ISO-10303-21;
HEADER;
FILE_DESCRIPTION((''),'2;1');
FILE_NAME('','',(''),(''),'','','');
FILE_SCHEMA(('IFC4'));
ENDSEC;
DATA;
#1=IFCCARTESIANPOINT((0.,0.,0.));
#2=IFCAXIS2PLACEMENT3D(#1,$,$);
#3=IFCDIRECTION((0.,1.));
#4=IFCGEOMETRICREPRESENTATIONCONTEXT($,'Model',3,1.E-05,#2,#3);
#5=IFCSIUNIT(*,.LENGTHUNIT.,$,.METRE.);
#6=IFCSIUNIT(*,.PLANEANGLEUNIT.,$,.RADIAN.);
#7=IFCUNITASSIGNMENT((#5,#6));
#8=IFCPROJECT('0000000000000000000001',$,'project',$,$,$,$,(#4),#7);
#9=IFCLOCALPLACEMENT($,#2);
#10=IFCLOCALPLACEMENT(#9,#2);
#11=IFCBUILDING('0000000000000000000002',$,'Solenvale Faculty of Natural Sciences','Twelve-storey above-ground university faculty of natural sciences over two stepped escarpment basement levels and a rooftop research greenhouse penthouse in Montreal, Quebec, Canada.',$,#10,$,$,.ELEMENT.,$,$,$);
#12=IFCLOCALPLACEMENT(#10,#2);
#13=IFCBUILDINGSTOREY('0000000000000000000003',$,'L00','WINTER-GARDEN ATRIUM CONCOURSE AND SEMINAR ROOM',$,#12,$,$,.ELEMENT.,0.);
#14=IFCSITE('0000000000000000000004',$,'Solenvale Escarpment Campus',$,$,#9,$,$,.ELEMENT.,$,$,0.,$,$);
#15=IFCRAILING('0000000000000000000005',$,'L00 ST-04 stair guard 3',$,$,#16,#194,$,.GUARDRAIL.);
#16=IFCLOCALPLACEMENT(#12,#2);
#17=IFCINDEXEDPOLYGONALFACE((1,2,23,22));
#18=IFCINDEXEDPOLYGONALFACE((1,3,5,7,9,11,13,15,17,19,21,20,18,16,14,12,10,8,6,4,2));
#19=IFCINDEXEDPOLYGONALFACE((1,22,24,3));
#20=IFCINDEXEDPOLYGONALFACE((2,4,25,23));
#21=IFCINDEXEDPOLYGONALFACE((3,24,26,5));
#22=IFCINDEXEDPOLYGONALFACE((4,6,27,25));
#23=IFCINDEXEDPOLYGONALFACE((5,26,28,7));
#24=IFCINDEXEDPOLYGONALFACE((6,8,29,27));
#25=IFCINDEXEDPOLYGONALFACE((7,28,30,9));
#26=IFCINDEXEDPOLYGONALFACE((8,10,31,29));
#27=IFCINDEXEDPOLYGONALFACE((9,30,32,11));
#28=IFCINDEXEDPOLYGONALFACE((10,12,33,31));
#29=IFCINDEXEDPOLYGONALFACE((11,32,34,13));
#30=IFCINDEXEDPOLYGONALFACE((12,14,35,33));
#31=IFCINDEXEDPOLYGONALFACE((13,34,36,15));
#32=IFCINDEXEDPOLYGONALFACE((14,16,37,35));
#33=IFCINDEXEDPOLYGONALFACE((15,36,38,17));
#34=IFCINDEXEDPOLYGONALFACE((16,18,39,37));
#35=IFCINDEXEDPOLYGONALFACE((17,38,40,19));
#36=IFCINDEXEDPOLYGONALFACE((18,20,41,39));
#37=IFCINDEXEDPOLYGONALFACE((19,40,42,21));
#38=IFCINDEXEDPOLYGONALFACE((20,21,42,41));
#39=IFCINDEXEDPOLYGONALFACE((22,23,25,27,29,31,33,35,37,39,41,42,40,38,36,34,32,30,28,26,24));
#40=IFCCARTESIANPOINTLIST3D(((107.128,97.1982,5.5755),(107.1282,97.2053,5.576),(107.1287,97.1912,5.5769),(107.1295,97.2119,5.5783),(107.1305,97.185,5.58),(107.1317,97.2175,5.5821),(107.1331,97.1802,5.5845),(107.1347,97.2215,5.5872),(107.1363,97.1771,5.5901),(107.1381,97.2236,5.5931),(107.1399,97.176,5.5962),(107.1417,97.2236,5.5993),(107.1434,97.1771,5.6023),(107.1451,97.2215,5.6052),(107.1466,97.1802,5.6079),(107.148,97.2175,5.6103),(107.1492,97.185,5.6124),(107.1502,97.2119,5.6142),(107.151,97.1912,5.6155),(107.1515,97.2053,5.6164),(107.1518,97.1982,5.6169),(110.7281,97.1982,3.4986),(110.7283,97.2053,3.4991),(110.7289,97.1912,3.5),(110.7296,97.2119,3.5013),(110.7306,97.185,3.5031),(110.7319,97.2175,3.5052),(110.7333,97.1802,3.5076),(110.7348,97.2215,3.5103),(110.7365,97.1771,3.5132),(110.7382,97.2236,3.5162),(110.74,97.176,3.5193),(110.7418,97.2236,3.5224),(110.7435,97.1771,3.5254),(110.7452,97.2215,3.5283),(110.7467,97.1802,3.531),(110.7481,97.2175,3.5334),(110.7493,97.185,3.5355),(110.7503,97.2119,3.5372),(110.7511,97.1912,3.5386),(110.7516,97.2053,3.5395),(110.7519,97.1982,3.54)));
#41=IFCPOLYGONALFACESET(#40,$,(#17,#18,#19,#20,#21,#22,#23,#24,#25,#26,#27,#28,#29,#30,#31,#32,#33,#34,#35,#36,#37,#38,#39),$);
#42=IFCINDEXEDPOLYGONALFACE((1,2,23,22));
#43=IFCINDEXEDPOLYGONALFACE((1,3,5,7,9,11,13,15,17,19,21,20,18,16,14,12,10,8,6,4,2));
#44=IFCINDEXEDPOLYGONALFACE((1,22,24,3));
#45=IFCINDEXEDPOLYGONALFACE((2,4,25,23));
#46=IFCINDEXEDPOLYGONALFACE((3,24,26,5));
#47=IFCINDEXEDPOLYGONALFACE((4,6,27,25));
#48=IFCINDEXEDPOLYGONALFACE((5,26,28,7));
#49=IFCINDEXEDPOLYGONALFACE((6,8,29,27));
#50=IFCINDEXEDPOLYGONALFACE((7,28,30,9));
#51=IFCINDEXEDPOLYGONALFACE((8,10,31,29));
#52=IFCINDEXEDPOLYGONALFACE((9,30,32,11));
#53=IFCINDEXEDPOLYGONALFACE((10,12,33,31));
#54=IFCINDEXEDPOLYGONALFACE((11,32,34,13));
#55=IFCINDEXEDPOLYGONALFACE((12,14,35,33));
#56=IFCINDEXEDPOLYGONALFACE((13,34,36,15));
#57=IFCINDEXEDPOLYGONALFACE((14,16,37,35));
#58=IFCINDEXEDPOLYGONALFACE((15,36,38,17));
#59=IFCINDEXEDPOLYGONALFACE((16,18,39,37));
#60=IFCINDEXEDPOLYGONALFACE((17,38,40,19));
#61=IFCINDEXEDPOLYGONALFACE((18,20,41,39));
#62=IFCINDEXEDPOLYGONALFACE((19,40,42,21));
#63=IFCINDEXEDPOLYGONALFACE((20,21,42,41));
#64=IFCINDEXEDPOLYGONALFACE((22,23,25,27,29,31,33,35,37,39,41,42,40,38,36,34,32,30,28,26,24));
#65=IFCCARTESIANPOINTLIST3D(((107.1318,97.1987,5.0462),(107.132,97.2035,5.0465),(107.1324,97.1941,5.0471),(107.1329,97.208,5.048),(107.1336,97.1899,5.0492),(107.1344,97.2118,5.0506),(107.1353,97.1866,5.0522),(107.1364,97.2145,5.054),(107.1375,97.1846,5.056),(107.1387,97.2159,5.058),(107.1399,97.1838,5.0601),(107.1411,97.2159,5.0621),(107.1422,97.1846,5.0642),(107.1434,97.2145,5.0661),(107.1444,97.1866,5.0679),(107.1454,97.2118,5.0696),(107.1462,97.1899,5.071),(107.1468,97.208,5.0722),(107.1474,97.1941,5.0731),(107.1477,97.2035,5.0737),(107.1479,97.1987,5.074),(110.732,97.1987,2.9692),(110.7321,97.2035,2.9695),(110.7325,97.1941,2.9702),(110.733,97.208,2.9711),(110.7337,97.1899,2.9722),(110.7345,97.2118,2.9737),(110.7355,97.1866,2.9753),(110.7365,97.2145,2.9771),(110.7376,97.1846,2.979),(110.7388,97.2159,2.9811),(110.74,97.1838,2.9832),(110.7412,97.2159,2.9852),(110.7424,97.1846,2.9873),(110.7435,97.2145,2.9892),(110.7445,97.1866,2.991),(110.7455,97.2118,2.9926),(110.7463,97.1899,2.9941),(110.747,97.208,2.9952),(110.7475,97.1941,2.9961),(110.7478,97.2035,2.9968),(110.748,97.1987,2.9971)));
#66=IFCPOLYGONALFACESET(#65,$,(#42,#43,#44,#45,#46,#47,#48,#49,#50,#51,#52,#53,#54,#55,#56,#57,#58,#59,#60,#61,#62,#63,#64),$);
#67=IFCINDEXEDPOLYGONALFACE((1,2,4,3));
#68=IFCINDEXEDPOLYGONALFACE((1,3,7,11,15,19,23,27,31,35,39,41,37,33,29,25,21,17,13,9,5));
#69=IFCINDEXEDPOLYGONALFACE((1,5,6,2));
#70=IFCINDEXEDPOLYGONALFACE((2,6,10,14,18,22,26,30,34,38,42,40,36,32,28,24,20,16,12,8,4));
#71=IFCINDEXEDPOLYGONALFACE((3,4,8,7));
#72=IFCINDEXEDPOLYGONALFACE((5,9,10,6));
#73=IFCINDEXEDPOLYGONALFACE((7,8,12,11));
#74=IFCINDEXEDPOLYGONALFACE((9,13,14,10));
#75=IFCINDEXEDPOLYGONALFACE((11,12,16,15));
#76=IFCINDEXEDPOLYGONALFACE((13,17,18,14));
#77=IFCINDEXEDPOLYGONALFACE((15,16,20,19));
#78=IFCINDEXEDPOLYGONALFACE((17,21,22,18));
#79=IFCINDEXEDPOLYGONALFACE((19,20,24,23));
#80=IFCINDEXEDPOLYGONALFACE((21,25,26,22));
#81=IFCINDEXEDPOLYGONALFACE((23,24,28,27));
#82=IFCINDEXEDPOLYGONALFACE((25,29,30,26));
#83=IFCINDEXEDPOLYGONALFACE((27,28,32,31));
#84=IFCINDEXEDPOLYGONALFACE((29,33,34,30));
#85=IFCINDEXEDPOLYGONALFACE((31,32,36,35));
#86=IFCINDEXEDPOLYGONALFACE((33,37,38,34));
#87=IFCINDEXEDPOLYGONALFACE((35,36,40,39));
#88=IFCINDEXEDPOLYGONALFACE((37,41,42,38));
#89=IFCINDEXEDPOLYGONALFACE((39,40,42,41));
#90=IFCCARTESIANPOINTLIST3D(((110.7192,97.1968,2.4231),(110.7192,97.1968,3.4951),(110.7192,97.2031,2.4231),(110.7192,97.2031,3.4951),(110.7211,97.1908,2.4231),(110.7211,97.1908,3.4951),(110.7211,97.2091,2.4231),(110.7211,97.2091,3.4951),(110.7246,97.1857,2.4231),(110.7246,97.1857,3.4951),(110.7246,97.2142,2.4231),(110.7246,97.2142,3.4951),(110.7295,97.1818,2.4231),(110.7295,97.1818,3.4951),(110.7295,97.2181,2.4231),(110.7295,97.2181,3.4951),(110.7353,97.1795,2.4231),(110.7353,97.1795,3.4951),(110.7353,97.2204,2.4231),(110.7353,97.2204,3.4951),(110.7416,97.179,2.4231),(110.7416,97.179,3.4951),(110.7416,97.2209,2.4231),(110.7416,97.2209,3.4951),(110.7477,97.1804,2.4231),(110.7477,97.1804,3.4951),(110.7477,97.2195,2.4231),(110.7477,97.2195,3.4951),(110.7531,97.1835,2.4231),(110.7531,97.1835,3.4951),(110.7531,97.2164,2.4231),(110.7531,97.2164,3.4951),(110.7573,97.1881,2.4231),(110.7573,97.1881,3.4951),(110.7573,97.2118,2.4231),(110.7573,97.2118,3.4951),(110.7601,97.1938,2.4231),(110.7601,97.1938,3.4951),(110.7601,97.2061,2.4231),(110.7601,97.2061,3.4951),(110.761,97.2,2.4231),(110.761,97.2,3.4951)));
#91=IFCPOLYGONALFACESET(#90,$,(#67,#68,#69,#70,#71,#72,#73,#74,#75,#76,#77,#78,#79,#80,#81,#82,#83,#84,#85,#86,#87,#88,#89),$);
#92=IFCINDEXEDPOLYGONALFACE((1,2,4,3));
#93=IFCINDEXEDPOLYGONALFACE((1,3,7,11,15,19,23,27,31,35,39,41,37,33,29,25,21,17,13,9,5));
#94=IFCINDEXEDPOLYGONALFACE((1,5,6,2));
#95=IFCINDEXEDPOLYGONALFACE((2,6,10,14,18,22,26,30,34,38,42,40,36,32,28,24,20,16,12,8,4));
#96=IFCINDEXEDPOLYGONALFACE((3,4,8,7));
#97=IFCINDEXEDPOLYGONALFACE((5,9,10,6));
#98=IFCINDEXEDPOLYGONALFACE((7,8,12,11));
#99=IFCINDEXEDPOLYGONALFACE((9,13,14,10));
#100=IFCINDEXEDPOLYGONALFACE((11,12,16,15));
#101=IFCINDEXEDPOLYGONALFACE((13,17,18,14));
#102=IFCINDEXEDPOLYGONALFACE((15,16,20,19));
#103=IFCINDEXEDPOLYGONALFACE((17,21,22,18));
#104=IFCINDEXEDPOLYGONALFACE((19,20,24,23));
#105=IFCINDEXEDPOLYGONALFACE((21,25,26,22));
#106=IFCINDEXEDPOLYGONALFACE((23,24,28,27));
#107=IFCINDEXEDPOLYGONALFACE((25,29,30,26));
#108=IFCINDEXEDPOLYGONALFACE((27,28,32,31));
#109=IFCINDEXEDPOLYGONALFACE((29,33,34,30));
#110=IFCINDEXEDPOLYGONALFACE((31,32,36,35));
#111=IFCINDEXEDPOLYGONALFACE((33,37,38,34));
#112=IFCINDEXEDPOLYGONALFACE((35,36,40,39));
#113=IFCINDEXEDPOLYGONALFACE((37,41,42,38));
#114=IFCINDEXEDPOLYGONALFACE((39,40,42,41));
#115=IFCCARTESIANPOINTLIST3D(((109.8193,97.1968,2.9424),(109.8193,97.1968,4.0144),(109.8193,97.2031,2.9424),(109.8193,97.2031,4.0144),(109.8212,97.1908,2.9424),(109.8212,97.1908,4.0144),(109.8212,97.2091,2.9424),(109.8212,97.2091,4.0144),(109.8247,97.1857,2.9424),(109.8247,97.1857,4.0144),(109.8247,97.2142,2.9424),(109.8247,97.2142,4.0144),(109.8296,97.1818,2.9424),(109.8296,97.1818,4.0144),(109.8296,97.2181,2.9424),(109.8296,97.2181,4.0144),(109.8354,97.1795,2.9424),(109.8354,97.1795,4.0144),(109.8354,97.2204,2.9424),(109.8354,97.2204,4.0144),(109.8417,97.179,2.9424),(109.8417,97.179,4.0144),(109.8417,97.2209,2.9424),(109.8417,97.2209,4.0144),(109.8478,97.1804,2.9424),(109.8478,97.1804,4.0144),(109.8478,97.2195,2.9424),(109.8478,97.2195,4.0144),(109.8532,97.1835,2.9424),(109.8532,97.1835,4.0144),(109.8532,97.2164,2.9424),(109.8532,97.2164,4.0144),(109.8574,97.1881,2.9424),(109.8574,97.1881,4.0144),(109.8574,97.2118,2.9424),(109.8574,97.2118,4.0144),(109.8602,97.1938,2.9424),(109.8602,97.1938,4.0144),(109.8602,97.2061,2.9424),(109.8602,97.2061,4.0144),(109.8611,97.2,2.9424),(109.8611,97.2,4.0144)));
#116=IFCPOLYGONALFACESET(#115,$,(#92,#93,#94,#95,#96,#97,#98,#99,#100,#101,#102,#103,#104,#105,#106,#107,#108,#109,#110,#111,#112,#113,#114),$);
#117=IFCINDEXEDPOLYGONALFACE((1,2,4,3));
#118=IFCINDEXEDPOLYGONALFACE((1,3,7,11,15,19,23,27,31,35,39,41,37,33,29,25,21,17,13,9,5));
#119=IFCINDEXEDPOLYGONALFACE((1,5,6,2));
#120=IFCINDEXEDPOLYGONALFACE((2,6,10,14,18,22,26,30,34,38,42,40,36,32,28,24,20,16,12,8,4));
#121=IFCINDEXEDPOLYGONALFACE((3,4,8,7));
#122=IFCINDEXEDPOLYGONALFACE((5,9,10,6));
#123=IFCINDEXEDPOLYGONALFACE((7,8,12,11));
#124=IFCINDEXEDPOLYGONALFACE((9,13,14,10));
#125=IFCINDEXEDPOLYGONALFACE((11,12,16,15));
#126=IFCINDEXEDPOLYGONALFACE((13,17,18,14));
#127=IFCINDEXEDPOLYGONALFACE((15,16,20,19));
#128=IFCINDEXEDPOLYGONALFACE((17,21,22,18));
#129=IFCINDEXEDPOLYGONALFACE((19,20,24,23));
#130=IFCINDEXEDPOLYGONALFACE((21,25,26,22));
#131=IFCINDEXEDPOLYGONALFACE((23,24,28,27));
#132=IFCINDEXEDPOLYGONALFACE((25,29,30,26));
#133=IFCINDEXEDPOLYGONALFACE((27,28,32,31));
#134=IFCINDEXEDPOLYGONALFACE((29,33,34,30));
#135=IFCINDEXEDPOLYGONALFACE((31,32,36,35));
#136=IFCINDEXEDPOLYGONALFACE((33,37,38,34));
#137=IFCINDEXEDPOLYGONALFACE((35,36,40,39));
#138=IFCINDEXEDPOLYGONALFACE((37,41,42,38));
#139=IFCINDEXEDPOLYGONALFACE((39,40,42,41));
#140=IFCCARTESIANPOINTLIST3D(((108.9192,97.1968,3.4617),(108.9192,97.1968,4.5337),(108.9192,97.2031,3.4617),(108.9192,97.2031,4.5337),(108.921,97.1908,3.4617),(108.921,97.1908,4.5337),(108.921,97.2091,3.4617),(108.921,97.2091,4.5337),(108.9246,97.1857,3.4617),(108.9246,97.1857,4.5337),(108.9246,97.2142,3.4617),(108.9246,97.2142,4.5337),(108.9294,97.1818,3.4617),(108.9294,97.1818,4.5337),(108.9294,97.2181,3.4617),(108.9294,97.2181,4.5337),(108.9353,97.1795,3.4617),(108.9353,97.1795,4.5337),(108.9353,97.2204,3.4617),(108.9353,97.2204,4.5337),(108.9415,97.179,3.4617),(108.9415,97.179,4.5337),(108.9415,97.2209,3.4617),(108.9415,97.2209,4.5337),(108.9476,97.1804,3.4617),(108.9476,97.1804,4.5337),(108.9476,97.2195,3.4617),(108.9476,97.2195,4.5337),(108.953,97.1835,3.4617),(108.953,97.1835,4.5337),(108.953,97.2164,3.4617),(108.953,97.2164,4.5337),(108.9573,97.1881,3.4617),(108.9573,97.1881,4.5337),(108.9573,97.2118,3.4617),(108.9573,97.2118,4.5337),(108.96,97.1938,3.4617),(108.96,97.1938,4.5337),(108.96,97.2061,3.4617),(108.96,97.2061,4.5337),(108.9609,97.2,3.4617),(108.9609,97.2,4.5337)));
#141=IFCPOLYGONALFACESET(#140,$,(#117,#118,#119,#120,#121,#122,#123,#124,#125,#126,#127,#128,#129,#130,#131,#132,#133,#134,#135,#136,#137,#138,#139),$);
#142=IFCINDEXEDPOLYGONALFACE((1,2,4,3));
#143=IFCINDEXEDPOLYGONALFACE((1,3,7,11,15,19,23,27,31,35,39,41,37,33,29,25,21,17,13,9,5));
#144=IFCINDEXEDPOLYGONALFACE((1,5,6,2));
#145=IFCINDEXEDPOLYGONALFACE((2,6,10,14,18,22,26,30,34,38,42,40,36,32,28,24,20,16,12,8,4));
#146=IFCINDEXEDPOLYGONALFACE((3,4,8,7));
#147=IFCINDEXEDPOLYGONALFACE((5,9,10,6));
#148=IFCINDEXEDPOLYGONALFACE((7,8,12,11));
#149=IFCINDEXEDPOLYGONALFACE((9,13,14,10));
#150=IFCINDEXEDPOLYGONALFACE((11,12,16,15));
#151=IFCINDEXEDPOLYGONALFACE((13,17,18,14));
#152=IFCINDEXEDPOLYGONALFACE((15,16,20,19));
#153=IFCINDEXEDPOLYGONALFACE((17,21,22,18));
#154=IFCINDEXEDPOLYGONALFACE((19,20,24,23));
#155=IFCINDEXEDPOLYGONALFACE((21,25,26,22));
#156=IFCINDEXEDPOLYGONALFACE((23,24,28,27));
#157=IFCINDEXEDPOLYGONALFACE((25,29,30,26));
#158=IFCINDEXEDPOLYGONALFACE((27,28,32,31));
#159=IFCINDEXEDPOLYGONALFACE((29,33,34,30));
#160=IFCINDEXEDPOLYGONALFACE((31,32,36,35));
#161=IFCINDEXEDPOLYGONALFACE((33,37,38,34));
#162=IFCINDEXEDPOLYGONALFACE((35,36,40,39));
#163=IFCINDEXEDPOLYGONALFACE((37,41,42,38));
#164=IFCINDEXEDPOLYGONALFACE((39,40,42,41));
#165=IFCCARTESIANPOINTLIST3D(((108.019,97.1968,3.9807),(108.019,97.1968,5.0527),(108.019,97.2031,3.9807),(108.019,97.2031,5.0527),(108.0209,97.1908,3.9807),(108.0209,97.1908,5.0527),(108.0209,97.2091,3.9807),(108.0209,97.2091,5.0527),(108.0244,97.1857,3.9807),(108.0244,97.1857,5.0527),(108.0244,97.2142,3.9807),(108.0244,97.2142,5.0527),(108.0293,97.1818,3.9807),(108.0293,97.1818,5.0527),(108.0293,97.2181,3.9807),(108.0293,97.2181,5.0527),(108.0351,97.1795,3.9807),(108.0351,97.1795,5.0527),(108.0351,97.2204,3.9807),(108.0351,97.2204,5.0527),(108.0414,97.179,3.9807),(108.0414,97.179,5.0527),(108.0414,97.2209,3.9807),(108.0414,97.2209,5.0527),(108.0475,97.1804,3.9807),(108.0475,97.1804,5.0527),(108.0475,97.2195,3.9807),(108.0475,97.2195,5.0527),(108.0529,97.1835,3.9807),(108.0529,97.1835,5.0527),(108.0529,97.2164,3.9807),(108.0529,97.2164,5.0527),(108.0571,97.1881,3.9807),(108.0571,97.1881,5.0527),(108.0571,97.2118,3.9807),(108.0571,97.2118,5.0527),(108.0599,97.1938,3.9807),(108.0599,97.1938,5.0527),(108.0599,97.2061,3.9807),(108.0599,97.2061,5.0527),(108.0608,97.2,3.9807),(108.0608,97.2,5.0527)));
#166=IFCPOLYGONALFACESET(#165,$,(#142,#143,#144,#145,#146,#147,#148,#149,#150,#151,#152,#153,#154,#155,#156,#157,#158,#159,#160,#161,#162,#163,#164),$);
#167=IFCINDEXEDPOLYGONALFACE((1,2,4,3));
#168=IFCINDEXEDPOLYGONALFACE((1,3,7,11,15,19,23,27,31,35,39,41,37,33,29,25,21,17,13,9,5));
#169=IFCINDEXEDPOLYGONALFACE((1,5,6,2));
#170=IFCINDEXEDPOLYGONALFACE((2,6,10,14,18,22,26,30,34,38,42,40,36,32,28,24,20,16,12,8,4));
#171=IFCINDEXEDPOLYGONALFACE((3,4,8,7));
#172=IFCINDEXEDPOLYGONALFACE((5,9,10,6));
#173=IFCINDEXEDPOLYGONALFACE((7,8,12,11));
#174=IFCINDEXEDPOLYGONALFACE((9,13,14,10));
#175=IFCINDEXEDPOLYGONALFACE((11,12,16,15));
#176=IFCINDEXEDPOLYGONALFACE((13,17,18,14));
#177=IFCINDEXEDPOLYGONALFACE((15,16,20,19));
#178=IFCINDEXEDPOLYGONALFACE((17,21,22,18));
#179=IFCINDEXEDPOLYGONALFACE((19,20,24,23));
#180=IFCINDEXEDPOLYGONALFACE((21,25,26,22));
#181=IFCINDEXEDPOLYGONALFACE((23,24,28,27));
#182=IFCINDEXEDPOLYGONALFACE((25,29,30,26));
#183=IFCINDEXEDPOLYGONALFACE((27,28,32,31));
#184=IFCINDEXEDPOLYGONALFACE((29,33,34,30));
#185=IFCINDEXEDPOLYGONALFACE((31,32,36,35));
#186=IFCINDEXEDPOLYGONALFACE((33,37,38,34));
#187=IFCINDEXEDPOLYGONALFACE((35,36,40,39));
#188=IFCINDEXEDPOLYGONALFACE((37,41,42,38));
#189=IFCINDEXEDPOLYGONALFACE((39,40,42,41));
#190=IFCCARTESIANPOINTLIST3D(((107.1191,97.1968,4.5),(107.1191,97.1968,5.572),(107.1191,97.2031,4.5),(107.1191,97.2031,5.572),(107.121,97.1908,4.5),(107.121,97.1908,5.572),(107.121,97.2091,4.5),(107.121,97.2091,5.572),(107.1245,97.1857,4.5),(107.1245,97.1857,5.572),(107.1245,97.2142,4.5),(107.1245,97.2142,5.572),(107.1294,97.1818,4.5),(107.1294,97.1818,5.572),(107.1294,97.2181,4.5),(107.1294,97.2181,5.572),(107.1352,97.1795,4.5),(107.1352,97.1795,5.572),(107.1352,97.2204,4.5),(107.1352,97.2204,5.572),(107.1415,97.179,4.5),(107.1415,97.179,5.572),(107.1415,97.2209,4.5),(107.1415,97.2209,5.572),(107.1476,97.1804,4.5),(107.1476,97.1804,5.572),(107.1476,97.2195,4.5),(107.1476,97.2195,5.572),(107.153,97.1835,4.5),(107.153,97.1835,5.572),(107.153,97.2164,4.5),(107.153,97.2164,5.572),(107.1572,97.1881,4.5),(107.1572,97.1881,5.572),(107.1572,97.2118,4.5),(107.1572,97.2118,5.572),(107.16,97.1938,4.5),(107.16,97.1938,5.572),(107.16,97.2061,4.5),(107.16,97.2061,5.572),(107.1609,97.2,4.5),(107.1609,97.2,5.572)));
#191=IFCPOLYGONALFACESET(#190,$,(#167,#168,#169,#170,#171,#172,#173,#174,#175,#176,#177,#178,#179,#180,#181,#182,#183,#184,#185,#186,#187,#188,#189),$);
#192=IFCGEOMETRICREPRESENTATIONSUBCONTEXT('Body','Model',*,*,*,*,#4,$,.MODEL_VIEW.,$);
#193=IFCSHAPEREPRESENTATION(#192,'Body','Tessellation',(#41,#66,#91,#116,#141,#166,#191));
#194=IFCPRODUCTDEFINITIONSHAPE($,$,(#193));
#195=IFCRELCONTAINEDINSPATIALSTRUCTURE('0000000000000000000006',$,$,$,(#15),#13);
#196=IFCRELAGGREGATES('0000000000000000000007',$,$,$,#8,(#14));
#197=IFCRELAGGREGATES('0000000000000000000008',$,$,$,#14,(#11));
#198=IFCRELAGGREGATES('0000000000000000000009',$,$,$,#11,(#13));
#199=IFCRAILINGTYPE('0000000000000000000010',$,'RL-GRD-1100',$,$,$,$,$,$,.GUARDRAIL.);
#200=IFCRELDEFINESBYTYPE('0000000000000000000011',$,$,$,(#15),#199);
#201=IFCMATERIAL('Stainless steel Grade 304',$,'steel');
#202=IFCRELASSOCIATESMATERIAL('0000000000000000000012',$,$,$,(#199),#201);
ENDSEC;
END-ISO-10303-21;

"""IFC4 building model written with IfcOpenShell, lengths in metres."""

from ifc_helpers import new_model, si_unit, direction, frame, origin, origin_2d, place, context, subcontext, project, spatial, circle, extrude, material, type_object, element, save


model = new_model("IFC4")

# Units and contexts
model_context = context("Model", 3, precision=1e-05, world=origin(), true_north=direction((0.0, 1.0)))
body_context = subcontext(model_context, "Body", "Model", "MODEL_VIEW")
ifc_project = project(units=[si_unit("LENGTHUNIT", "METRE"), si_unit("PLANEANGLEUNIT", "RADIAN")], contexts=[model_context])

# Site, building, storey
site_placement = place(None, origin())
site = spatial("IfcSite", under=ifc_project, at=site_placement, Name="Solenvale Escarpment Campus", CompositionType="ELEMENT", RefElevation=0.0)
building_placement = place(site_placement, origin())
building = spatial("IfcBuilding", under=site, at=building_placement, Name="Solenvale Faculty of Natural Sciences", Description="Twelve-storey above-ground university faculty of natural sciences over two stepped escarpment basement levels and a rooftop research greenhouse penthouse in Montreal, Quebec, Canada.", CompositionType="ELEMENT")
storey_placement = place(building_placement, origin())
storey = spatial("IfcBuildingStorey", under=building, at=storey_placement, Name="L00", Description="WINTER-GARDEN ATRIUM CONCOURSE AND SEMINAR ROOM", CompositionType="ELEMENT", Elevation=0.0)

# Railing
ifc_material_1 = material(Name="Stainless steel Grade 304", Category="steel")
railing_type_1 = type_object("IfcRailingType", Name="RL-GRD-1100", PredefinedType="GUARDRAIL", material=ifc_material_1)
railing_1_placement = place(storey_placement, frame((110.74, 97.2, 2.4231)))
element("IfcRailing", 1, at=railing_1_placement, inside=storey, type_object=railing_type_1, Name="L00 ST-04 stair guard 3", PredefinedType="GUARDRAIL", context=body_context, shape_type="SweptSolid", body=[
    extrude(circle(Radius=0.0239, at=origin_2d()), frame((0.0, 0.0, 1.0962), z_axis=(-0.866193, 0.0, 0.499709), x_axis=(0.0, -1.0, 0.0)), (0.0, 0.0, 1.0), 4.1562),
    extrude(circle(Radius=0.0161, at=origin_2d()), frame((0.0, 0.0, 0.5601), z_axis=(-0.866193, 0.0, 0.499709), x_axis=(0.0, -1.0, 0.0)), (0.0, 0.0, 1.0), 4.1562),
    extrude(circle(Radius=0.021, at=origin_2d()), origin(), (0.0, 0.0, 1.0), 1.072),
    extrude(circle(Radius=0.021, at=origin_2d()), frame((-0.8999, 0.0, 0.5193)), (0.0, 0.0, 1.0), 1.072),
    extrude(circle(Radius=0.021, at=origin_2d()), frame((-1.8, 0.0, 1.0386)), (0.0, 0.0, 1.0), 1.072),
    extrude(circle(Radius=0.021, at=origin_2d()), frame((-2.7002, 0.0, 1.5576)), (0.0, 0.0, 1.0), 1.072),
    extrude(circle(Radius=0.021, at=origin_2d()), frame((-3.6001, 0.0, 2.0769)), (0.0, 0.0, 1.0), 1.072),
])

save(model, "model.ifc")
